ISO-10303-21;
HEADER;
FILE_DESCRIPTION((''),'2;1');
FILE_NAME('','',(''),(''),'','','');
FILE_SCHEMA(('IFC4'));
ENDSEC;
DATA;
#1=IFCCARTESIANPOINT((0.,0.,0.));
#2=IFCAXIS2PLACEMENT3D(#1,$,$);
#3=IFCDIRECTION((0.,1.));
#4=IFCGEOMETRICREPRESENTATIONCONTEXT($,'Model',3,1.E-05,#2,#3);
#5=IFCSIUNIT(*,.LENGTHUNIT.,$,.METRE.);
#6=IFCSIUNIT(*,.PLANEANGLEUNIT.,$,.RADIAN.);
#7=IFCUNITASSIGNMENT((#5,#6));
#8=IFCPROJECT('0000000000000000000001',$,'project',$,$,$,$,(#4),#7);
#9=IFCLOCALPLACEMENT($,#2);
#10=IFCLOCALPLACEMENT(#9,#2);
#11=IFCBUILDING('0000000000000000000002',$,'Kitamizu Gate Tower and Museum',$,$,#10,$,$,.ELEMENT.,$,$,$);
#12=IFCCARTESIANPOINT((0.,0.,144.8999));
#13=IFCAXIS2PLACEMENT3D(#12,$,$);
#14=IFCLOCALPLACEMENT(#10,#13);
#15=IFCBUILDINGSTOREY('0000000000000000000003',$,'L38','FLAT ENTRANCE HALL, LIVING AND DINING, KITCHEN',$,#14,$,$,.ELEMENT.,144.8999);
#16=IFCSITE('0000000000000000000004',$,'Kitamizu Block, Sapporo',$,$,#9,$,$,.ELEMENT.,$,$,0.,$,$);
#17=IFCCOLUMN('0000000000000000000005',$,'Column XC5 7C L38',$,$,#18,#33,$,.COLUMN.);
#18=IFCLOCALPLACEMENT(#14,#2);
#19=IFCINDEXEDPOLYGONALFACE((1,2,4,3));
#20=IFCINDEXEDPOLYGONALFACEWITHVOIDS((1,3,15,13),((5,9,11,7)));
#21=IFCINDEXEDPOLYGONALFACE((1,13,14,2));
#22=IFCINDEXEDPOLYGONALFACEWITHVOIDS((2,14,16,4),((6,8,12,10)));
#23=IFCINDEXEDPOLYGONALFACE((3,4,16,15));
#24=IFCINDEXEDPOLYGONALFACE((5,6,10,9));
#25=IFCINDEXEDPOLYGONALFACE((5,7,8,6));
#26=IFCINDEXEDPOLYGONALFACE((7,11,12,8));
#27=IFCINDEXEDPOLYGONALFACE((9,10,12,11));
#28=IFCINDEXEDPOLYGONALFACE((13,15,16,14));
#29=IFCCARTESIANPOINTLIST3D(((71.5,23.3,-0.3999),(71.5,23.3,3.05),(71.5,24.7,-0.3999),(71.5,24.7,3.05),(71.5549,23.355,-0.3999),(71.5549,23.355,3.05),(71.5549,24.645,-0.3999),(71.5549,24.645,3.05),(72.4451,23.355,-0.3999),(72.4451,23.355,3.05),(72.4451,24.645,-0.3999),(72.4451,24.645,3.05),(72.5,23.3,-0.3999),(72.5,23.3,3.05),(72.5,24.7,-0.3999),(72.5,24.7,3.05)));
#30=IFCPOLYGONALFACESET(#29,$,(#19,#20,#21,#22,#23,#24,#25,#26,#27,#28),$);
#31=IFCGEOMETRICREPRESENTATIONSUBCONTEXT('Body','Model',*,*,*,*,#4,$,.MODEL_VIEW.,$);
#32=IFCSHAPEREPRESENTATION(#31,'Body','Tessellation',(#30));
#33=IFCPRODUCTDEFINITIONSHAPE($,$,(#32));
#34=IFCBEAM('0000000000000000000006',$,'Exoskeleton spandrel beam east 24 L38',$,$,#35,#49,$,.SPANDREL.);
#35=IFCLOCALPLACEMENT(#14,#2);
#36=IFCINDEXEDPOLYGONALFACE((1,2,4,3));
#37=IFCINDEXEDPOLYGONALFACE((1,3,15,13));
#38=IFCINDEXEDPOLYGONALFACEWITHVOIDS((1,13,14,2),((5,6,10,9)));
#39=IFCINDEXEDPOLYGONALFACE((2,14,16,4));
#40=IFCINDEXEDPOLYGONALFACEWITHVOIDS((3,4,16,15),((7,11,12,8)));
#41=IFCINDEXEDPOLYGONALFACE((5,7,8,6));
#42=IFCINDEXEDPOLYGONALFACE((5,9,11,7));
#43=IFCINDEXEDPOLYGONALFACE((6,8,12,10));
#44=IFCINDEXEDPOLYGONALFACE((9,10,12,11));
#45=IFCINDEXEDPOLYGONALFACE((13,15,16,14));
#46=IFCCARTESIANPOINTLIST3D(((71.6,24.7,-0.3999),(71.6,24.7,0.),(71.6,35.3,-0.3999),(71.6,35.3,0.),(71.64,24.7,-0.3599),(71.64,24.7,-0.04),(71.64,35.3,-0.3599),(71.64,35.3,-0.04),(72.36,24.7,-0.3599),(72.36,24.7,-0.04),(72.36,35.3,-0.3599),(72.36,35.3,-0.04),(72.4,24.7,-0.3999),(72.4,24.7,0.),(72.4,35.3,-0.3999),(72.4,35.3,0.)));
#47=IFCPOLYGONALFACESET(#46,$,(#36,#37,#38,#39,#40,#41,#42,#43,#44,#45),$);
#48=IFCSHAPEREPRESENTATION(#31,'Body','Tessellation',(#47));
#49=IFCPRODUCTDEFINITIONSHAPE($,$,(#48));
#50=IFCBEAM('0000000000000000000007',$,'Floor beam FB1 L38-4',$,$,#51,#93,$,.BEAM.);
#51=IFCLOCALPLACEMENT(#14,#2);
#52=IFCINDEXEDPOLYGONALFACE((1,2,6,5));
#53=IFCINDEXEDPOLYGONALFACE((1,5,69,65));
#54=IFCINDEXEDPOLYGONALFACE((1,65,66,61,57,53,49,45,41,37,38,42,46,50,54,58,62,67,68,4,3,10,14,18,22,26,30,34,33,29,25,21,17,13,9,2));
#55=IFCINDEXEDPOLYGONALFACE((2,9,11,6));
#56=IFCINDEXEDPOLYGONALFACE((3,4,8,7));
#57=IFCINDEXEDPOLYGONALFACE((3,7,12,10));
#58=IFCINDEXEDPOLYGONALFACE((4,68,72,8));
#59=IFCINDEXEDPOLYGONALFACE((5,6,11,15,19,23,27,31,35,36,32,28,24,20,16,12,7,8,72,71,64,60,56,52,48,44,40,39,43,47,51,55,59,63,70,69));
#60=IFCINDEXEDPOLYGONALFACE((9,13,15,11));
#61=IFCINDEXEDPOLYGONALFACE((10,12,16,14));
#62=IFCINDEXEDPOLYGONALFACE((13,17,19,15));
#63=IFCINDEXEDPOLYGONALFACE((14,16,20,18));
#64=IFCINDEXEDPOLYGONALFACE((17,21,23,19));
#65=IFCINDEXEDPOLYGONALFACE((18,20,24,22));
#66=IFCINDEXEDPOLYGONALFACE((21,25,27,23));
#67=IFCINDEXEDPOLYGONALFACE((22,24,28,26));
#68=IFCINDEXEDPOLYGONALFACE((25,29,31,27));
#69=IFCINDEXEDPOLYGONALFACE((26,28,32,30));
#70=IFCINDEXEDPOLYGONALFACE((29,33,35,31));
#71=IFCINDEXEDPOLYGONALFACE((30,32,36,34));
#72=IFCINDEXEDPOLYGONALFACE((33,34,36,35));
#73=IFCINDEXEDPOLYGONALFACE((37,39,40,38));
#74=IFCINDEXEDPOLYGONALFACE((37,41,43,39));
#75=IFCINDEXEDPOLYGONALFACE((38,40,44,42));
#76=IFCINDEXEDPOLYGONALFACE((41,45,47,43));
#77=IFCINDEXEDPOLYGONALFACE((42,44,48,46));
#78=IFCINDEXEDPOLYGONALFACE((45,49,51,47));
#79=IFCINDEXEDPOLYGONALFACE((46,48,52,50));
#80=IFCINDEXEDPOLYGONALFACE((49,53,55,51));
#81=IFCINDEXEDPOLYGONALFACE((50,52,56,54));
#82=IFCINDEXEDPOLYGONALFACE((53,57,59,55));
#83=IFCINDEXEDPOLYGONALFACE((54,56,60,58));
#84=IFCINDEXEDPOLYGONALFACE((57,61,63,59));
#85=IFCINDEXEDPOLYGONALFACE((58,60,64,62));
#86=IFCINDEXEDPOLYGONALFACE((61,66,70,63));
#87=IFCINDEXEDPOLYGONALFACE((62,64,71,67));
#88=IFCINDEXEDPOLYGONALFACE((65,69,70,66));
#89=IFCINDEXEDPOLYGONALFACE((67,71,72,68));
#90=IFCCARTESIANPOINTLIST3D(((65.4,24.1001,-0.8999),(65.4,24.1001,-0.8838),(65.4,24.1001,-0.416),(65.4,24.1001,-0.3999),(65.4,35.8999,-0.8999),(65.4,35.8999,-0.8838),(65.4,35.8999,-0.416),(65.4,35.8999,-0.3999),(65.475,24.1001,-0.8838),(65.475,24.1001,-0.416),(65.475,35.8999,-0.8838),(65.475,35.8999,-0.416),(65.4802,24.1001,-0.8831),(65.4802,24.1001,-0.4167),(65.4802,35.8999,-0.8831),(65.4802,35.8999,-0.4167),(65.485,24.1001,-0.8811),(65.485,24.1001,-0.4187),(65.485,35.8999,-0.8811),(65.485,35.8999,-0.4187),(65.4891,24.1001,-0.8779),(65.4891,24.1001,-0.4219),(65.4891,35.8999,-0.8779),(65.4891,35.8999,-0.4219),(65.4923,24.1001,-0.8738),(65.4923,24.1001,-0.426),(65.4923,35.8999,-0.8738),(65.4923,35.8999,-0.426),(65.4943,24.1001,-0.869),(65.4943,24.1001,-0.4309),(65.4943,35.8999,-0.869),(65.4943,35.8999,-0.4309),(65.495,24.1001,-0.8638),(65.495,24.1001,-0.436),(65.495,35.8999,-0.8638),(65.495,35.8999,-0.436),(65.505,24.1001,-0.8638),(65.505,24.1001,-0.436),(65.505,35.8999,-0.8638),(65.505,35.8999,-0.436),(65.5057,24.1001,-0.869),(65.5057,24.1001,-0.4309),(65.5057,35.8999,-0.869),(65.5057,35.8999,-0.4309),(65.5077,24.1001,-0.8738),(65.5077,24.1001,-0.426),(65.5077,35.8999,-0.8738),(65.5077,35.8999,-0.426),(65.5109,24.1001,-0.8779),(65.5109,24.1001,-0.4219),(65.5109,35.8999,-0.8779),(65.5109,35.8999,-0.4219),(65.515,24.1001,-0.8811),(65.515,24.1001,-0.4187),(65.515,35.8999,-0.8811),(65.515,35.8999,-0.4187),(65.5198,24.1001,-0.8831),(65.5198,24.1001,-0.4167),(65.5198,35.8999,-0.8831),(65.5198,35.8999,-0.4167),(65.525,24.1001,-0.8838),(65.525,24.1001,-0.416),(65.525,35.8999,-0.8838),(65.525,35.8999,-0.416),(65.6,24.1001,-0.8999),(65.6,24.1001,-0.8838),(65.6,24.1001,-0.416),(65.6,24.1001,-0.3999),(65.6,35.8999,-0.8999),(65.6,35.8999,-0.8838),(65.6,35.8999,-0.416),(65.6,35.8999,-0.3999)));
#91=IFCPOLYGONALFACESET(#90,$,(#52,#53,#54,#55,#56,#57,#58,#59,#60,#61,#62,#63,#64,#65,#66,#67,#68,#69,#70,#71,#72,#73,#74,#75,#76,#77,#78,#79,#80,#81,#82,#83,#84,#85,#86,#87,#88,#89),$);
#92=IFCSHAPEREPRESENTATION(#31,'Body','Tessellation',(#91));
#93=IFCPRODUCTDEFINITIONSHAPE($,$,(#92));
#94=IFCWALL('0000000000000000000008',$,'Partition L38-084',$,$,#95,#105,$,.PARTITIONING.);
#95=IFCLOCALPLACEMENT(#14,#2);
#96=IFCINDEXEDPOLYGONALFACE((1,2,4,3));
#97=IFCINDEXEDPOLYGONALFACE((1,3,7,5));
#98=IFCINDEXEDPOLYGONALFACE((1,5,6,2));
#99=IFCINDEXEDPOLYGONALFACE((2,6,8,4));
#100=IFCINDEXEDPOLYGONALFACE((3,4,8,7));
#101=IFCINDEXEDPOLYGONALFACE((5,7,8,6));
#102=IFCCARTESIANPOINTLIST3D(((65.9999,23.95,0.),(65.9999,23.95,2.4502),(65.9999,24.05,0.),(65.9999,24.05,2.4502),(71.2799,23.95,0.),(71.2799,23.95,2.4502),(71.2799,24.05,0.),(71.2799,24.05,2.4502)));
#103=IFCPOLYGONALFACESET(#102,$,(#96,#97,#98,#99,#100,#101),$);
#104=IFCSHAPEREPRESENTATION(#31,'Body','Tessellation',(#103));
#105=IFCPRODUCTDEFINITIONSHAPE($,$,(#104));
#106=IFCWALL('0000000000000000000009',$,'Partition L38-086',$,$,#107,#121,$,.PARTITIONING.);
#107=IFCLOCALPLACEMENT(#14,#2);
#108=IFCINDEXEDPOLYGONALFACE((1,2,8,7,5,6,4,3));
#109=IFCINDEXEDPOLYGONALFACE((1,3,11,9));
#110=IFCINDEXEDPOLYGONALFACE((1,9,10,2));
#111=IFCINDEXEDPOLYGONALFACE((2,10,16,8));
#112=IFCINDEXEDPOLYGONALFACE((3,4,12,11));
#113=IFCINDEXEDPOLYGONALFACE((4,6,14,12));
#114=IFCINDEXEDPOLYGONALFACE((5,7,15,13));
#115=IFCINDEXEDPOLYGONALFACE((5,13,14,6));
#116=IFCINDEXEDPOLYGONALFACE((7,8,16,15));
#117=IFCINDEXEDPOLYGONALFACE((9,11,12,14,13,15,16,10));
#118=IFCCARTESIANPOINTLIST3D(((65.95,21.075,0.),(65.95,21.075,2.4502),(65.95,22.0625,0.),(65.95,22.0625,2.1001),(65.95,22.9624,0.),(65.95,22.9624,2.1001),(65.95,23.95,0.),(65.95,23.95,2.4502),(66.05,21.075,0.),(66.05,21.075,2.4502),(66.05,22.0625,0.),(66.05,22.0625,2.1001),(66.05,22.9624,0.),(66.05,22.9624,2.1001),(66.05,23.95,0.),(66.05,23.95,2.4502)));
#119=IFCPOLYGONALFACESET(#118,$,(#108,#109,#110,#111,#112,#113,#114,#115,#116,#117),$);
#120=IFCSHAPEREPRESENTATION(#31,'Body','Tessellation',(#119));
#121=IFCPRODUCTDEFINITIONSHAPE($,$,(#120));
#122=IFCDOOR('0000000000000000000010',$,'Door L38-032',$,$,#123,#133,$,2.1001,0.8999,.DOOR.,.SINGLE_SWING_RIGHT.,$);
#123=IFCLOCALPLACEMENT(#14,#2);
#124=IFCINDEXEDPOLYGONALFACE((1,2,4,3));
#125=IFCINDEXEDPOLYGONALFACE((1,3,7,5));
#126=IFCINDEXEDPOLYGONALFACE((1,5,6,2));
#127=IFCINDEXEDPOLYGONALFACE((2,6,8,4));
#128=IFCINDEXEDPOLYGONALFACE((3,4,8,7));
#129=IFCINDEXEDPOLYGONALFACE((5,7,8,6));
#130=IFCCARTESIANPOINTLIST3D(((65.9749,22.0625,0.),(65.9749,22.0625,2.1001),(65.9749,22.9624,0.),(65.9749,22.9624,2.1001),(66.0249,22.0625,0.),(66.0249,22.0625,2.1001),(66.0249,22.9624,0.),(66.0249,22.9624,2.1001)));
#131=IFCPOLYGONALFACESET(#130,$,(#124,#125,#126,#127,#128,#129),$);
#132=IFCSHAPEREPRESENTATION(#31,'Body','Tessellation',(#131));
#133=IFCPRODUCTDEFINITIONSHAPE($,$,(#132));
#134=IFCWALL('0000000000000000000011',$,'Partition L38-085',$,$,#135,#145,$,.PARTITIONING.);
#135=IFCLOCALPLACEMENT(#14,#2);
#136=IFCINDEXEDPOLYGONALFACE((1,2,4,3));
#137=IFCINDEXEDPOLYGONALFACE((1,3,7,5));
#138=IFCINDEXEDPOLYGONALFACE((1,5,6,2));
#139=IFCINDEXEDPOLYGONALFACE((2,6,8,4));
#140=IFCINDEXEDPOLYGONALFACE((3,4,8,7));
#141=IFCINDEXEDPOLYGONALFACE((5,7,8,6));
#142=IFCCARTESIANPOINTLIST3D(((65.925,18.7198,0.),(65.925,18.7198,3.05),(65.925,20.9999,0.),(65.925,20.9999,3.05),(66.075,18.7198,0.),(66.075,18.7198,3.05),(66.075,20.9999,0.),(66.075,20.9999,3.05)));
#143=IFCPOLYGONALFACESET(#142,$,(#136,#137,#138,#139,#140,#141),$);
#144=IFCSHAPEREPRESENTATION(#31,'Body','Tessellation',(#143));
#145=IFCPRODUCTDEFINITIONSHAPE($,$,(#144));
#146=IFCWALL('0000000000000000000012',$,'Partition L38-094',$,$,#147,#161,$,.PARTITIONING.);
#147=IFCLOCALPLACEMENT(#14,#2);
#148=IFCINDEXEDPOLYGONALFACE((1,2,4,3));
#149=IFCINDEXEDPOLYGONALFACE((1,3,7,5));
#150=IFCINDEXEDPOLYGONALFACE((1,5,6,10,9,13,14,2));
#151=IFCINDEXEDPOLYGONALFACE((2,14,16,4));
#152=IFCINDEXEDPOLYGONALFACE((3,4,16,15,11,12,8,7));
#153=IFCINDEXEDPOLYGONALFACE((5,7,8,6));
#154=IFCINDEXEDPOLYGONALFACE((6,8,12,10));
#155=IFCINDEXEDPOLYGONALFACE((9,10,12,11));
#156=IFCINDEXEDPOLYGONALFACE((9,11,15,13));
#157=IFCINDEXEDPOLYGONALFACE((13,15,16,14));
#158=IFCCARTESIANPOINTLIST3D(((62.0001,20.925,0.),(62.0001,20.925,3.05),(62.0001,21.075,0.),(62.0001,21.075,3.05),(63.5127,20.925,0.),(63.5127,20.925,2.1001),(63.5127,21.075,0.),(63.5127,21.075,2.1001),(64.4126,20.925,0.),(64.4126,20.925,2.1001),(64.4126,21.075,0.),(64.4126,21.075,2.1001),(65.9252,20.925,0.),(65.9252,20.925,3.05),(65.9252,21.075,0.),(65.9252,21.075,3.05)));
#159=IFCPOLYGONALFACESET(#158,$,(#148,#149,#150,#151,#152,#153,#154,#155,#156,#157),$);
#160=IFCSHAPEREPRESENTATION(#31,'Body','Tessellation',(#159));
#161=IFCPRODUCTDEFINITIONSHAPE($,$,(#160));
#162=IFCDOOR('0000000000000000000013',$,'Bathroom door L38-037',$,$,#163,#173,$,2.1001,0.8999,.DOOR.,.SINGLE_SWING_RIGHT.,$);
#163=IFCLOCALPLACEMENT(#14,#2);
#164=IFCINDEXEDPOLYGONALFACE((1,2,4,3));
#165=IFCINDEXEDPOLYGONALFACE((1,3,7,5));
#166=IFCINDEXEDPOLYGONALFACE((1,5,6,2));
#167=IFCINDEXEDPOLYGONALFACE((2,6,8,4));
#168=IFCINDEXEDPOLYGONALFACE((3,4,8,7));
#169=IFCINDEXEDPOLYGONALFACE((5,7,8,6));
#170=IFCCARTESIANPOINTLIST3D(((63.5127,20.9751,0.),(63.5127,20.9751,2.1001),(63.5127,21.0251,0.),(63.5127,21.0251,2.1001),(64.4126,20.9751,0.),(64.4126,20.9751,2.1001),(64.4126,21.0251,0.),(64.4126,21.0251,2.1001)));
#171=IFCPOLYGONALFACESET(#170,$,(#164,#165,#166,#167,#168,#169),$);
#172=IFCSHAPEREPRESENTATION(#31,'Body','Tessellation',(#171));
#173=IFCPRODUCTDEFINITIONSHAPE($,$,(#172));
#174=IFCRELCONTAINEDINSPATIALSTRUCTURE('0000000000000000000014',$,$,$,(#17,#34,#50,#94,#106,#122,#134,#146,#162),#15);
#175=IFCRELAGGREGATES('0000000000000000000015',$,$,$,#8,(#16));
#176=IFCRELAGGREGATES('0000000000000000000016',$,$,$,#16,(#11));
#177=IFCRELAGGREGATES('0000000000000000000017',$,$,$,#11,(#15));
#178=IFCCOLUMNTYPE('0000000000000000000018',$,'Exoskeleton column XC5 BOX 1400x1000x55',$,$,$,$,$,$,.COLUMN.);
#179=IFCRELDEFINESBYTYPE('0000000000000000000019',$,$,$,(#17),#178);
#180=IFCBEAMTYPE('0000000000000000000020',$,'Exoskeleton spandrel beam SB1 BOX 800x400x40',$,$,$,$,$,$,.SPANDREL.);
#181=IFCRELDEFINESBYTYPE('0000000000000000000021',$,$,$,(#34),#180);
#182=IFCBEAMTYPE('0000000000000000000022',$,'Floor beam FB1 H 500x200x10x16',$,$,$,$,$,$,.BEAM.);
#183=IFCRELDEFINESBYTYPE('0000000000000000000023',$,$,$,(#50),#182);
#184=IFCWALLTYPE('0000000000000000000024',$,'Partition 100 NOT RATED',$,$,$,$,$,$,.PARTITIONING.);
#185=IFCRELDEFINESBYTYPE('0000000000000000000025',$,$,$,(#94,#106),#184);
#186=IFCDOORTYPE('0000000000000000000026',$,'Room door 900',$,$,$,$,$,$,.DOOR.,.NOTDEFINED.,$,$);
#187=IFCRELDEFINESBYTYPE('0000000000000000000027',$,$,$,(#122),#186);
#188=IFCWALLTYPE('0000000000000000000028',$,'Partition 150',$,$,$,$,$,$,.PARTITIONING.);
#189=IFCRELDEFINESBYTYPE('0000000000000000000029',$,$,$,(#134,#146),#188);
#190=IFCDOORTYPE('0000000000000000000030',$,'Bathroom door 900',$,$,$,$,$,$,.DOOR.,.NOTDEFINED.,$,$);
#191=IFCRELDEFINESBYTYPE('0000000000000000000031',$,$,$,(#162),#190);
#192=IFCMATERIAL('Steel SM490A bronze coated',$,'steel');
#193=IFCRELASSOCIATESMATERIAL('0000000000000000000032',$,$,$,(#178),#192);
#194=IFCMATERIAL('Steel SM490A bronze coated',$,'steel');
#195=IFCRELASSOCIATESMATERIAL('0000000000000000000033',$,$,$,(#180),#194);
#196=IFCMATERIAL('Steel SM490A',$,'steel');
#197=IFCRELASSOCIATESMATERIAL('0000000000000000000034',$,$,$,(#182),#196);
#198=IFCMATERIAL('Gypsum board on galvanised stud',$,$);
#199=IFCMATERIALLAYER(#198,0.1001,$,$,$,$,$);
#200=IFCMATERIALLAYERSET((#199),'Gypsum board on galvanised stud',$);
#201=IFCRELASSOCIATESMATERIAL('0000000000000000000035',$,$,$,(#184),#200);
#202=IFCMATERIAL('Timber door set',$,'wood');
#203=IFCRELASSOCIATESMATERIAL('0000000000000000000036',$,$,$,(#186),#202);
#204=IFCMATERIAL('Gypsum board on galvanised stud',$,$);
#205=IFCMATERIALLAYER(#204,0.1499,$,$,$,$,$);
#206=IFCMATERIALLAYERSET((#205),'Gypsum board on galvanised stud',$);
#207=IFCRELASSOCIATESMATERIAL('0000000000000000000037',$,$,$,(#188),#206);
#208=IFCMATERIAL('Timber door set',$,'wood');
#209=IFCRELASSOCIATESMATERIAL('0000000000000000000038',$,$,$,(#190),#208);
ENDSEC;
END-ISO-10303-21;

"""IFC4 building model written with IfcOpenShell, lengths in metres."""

from ifc_helpers import new_model, si_unit, direction, frame, frame_2d, origin, origin_2d, place, context, subcontext, project, spatial, rectangle, hollow_rectangle, i_section, extrude, material, layer, layer_set, material_profile, profile_set, type_object, element, fill, save


model = new_model("IFC4")

# Units and contexts
model_context = context("Model", 3, precision=1e-05, world=origin(), true_north=direction((0.0, 1.0)))
body_context = subcontext(model_context, "Body", "Model", "MODEL_VIEW")
ifc_project = project(units=[si_unit("LENGTHUNIT", "METRE"), si_unit("PLANEANGLEUNIT", "RADIAN")], contexts=[model_context])

# Site, building, storey
site_placement = place(None, origin())
site = spatial("IfcSite", under=ifc_project, at=site_placement, Name="Kitamizu Block, Sapporo", CompositionType="ELEMENT", RefElevation=0.0)
building_placement = place(site_placement, origin())
building = spatial("IfcBuilding", under=site, at=building_placement, Name="Kitamizu Gate Tower and Museum", CompositionType="ELEMENT")
storey_placement = place(building_placement, frame((0.0, 0.0, 144.8999)))
storey = spatial("IfcBuildingStorey", under=building, at=storey_placement, Name="L38", Description="FLAT ENTRANCE HALL, LIVING AND DINING, KITCHEN", CompositionType="ELEMENT", Elevation=144.8999)

# Column
ifc_material_1 = material(Name="Steel SM490A bronze coated", Category="steel")
ifc_material_profile_1 = material_profile(ifc_material_1, hollow_rectangle(XDim=1.3999, YDim=1.0, WallThickness=0.0549, at=origin_2d()), Name="BOX 1400x1000x55")
ifc_profile_set_1 = profile_set([ifc_material_profile_1], Name="Steel SM490A bronze coated")
column_type = type_object("IfcColumnType", Name="Exoskeleton column XC5 BOX 1400x1000x55", PredefinedType="COLUMN", material=ifc_profile_set_1)
column_placement = place(storey_placement, frame((72.0, 24.0, -0.3999), z_axis=(0.0, 0.0, 1.0), x_axis=(0.0, 1.0, 0.0)))
element("IfcColumn", 1, at=column_placement, inside=storey, type_object=column_type, Name="Column XC5 7C L38", PredefinedType="COLUMN", context=body_context, shape_type="SweptSolid", body=[
    extrude(hollow_rectangle(XDim=1.3999, YDim=1.0, WallThickness=0.0549, at=origin_2d()), origin(), (0.0, 0.0, 1.0), 3.45),
])

# Beams
ifc_material_2 = material(Name="Steel SM490A bronze coated", Category="steel")
ifc_material_profile_2 = material_profile(ifc_material_2, hollow_rectangle(XDim=0.8, YDim=0.3999, WallThickness=0.04, at=origin_2d()), Name="BOX 800x400x40")
ifc_profile_set_2 = profile_set([ifc_material_profile_2], Name="Steel SM490A bronze coated")
beam_type_1 = type_object("IfcBeamType", Name="Exoskeleton spandrel beam SB1 BOX 800x400x40", PredefinedType="SPANDREL", material=ifc_profile_set_2)
beam_1_placement = place(storey_placement, frame((72.0, 24.7, -0.2), z_axis=(0.0, 1.0, 0.0), x_axis=(-1.0, 0.0, 0.0)))
element("IfcBeam", 2, at=beam_1_placement, inside=storey, type_object=beam_type_1, Name="Exoskeleton spandrel beam east 24 L38", PredefinedType="SPANDREL", context=body_context, shape_type="SweptSolid", body=[
    extrude(hollow_rectangle(XDim=0.8, YDim=0.3999, WallThickness=0.04, at=origin_2d()), origin(), (0.0, 0.0, 1.0), 10.6001),
])
ifc_material_3 = material(Name="Steel SM490A", Category="steel")
ifc_material_profile_3 = material_profile(ifc_material_3, i_section(OverallWidth=0.2, OverallDepth=0.5, WebThickness=0.01, FlangeThickness=0.0161, FilletRadius=0.02, at=origin_2d()), Name="H-500x200x10x16")
ifc_profile_set_3 = profile_set([ifc_material_profile_3], Name="Steel SM490A")
beam_type_2 = type_object("IfcBeamType", Name="Floor beam FB1 H 500x200x10x16", PredefinedType="BEAM", material=ifc_profile_set_3)
beam_2_placement = place(storey_placement, frame((65.5, 24.1001, -0.6499), z_axis=(0.0, 1.0, 0.0), x_axis=(-1.0, 0.0, 0.0)))
element("IfcBeam", 3, at=beam_2_placement, inside=storey, type_object=beam_type_2, Name="Floor beam FB1 L38-4", PredefinedType="BEAM", context=body_context, shape_type="SweptSolid", body=[
    extrude(i_section(OverallWidth=0.2, OverallDepth=0.5, WebThickness=0.01, FlangeThickness=0.0161, FilletRadius=0.02, at=origin_2d()), origin(), (0.0, 0.0, 1.0), 11.7998),
])

# Wall
ifc_material_4 = material(Name="Gypsum board on galvanised stud")
ifc_layer_1 = layer(ifc_material_4, 0.1001)
ifc_layer_set_1 = layer_set([ifc_layer_1], Name="Gypsum board on galvanised stud")
wall_type_1 = type_object("IfcWallType", Name="Partition 100 NOT RATED", PredefinedType="PARTITIONING", material=ifc_layer_set_1)
wall_1_placement = place(storey_placement, frame((71.28, 24.0, 0.0), z_axis=(0.0, 0.0, 1.0), x_axis=(-1.0, 0.0, 0.0)))
element("IfcWall", 4, at=wall_1_placement, inside=storey, type_object=wall_type_1, Name="Partition L38-084", PredefinedType="PARTITIONING", context=body_context, shape_type="SweptSolid", body=[
    extrude(rectangle(XDim=5.28, YDim=0.1001, at=frame_2d((2.6401, 0.0))), origin(), (0.0, 0.0, 1.0), 2.4502),
])

# Wall, opening, door
wall_2_placement = place(storey_placement, frame((66.0, 23.95, 0.0), z_axis=(0.0, 0.0, 1.0), x_axis=(0.0, -1.0, 0.0)))
wall_2 = element("IfcWall", 5, at=wall_2_placement, inside=storey, type_object=wall_type_1, Name="Partition L38-086", PredefinedType="PARTITIONING", context=body_context, shape_type="SweptSolid", body=[
    extrude(rectangle(XDim=2.875, YDim=0.1001, at=frame_2d((1.4375, 0.0))), origin(), (0.0, 0.0, 1.0), 2.4502),
])
opening_1_placement = place(wall_2_placement, frame((0.9875, 0.0, 0.0)))
opening_1 = element("IfcOpeningElement", 6, at=opening_1_placement, cuts=wall_2, PredefinedType="OPENING", context=body_context, shape_type="SweptSolid", body=[
    extrude(rectangle(XDim=0.8999, YDim=2.1001, at=frame_2d((0.45, 1.05))), frame((0.0, 0.0601, 0.0), z_axis=(0.0, -1.0, 0.0), x_axis=(1.0, 0.0, 0.0)), (0.0, 0.0, 1.0), 0.1201),
])
ifc_material_5 = material(Name="Timber door set", Category="wood")
door_type_1 = type_object("IfcDoorType", Name="Room door 900", OperationType="NOTDEFINED", PredefinedType="DOOR", material=ifc_material_5)
door_1_placement = place(opening_1_placement, origin())
door_1 = element("IfcDoor", 7, at=door_1_placement, inside=storey, type_object=door_type_1, Name="Door L38-032", OperationType="SINGLE_SWING_RIGHT", OverallHeight=2.1001, OverallWidth=0.8999, PredefinedType="DOOR", context=body_context, shape_type="SweptSolid", body=[
    extrude(rectangle(XDim=0.8999, YDim=2.1001, at=frame_2d((0.45, 1.05))), frame((0.0, 0.0249, 0.0), z_axis=(0.0, -1.0, 0.0), x_axis=(1.0, 0.0, 0.0)), (0.0, 0.0, 1.0), 0.05),
])
fill(opening_1, door_1)

# Wall
ifc_material_6 = material(Name="Gypsum board on galvanised stud")
ifc_layer_2 = layer(ifc_material_6, 0.1499)
ifc_layer_set_2 = layer_set([ifc_layer_2], Name="Gypsum board on galvanised stud")
wall_type_2 = type_object("IfcWallType", Name="Partition 150", PredefinedType="PARTITIONING", material=ifc_layer_set_2)
wall_3_placement = place(storey_placement, frame((66.0, 21.0, 0.0), z_axis=(0.0, 0.0, 1.0), x_axis=(0.0, -1.0, 0.0)))
element("IfcWall", 8, at=wall_3_placement, inside=storey, type_object=wall_type_2, Name="Partition L38-085", PredefinedType="PARTITIONING", context=body_context, shape_type="SweptSolid", body=[
    extrude(rectangle(XDim=2.28, YDim=0.1499, at=frame_2d((1.1401, 0.0))), origin(), (0.0, 0.0, 1.0), 3.05),
])

# Wall, opening, door
wall_4_placement = place(storey_placement, frame((65.925, 21.0, 0.0), z_axis=(0.0, 0.0, 1.0), x_axis=(-1.0, 0.0, 0.0)))
wall_4 = element("IfcWall", 9, at=wall_4_placement, inside=storey, type_object=wall_type_2, Name="Partition L38-094", PredefinedType="PARTITIONING", context=body_context, shape_type="SweptSolid", body=[
    extrude(rectangle(XDim=3.925, YDim=0.1499, at=frame_2d((1.9624, 0.0))), origin(), (0.0, 0.0, 1.0), 3.05),
])
opening_2_placement = place(wall_4_placement, frame((1.5125, 0.0, 0.0)))
opening_2 = element("IfcOpeningElement", 10, at=opening_2_placement, cuts=wall_4, PredefinedType="OPENING", context=body_context, shape_type="SweptSolid", body=[
    extrude(rectangle(XDim=0.8999, YDim=2.1001, at=frame_2d((0.45, 1.05))), frame((0.0, 0.085, 0.0), z_axis=(0.0, -1.0, 0.0), x_axis=(1.0, 0.0, 0.0)), (0.0, 0.0, 1.0), 0.1699),
])
ifc_material_7 = material(Name="Timber door set", Category="wood")
door_type_2 = type_object("IfcDoorType", Name="Bathroom door 900", OperationType="NOTDEFINED", PredefinedType="DOOR", material=ifc_material_7)
door_2_placement = place(opening_2_placement, origin())
door_2 = element("IfcDoor", 11, at=door_2_placement, inside=storey, type_object=door_type_2, Name="Bathroom door L38-037", OperationType="SINGLE_SWING_RIGHT", OverallHeight=2.1001, OverallWidth=0.8999, PredefinedType="DOOR", context=body_context, shape_type="SweptSolid", body=[
    extrude(rectangle(XDim=0.8999, YDim=2.1001, at=frame_2d((0.45, 1.05))), frame((0.0, 0.0249, 0.0), z_axis=(0.0, -1.0, 0.0), x_axis=(1.0, 0.0, 0.0)), (0.0, 0.0, 1.0), 0.05),
])
fill(opening_2, door_2)

save(model, "model.ifc")
